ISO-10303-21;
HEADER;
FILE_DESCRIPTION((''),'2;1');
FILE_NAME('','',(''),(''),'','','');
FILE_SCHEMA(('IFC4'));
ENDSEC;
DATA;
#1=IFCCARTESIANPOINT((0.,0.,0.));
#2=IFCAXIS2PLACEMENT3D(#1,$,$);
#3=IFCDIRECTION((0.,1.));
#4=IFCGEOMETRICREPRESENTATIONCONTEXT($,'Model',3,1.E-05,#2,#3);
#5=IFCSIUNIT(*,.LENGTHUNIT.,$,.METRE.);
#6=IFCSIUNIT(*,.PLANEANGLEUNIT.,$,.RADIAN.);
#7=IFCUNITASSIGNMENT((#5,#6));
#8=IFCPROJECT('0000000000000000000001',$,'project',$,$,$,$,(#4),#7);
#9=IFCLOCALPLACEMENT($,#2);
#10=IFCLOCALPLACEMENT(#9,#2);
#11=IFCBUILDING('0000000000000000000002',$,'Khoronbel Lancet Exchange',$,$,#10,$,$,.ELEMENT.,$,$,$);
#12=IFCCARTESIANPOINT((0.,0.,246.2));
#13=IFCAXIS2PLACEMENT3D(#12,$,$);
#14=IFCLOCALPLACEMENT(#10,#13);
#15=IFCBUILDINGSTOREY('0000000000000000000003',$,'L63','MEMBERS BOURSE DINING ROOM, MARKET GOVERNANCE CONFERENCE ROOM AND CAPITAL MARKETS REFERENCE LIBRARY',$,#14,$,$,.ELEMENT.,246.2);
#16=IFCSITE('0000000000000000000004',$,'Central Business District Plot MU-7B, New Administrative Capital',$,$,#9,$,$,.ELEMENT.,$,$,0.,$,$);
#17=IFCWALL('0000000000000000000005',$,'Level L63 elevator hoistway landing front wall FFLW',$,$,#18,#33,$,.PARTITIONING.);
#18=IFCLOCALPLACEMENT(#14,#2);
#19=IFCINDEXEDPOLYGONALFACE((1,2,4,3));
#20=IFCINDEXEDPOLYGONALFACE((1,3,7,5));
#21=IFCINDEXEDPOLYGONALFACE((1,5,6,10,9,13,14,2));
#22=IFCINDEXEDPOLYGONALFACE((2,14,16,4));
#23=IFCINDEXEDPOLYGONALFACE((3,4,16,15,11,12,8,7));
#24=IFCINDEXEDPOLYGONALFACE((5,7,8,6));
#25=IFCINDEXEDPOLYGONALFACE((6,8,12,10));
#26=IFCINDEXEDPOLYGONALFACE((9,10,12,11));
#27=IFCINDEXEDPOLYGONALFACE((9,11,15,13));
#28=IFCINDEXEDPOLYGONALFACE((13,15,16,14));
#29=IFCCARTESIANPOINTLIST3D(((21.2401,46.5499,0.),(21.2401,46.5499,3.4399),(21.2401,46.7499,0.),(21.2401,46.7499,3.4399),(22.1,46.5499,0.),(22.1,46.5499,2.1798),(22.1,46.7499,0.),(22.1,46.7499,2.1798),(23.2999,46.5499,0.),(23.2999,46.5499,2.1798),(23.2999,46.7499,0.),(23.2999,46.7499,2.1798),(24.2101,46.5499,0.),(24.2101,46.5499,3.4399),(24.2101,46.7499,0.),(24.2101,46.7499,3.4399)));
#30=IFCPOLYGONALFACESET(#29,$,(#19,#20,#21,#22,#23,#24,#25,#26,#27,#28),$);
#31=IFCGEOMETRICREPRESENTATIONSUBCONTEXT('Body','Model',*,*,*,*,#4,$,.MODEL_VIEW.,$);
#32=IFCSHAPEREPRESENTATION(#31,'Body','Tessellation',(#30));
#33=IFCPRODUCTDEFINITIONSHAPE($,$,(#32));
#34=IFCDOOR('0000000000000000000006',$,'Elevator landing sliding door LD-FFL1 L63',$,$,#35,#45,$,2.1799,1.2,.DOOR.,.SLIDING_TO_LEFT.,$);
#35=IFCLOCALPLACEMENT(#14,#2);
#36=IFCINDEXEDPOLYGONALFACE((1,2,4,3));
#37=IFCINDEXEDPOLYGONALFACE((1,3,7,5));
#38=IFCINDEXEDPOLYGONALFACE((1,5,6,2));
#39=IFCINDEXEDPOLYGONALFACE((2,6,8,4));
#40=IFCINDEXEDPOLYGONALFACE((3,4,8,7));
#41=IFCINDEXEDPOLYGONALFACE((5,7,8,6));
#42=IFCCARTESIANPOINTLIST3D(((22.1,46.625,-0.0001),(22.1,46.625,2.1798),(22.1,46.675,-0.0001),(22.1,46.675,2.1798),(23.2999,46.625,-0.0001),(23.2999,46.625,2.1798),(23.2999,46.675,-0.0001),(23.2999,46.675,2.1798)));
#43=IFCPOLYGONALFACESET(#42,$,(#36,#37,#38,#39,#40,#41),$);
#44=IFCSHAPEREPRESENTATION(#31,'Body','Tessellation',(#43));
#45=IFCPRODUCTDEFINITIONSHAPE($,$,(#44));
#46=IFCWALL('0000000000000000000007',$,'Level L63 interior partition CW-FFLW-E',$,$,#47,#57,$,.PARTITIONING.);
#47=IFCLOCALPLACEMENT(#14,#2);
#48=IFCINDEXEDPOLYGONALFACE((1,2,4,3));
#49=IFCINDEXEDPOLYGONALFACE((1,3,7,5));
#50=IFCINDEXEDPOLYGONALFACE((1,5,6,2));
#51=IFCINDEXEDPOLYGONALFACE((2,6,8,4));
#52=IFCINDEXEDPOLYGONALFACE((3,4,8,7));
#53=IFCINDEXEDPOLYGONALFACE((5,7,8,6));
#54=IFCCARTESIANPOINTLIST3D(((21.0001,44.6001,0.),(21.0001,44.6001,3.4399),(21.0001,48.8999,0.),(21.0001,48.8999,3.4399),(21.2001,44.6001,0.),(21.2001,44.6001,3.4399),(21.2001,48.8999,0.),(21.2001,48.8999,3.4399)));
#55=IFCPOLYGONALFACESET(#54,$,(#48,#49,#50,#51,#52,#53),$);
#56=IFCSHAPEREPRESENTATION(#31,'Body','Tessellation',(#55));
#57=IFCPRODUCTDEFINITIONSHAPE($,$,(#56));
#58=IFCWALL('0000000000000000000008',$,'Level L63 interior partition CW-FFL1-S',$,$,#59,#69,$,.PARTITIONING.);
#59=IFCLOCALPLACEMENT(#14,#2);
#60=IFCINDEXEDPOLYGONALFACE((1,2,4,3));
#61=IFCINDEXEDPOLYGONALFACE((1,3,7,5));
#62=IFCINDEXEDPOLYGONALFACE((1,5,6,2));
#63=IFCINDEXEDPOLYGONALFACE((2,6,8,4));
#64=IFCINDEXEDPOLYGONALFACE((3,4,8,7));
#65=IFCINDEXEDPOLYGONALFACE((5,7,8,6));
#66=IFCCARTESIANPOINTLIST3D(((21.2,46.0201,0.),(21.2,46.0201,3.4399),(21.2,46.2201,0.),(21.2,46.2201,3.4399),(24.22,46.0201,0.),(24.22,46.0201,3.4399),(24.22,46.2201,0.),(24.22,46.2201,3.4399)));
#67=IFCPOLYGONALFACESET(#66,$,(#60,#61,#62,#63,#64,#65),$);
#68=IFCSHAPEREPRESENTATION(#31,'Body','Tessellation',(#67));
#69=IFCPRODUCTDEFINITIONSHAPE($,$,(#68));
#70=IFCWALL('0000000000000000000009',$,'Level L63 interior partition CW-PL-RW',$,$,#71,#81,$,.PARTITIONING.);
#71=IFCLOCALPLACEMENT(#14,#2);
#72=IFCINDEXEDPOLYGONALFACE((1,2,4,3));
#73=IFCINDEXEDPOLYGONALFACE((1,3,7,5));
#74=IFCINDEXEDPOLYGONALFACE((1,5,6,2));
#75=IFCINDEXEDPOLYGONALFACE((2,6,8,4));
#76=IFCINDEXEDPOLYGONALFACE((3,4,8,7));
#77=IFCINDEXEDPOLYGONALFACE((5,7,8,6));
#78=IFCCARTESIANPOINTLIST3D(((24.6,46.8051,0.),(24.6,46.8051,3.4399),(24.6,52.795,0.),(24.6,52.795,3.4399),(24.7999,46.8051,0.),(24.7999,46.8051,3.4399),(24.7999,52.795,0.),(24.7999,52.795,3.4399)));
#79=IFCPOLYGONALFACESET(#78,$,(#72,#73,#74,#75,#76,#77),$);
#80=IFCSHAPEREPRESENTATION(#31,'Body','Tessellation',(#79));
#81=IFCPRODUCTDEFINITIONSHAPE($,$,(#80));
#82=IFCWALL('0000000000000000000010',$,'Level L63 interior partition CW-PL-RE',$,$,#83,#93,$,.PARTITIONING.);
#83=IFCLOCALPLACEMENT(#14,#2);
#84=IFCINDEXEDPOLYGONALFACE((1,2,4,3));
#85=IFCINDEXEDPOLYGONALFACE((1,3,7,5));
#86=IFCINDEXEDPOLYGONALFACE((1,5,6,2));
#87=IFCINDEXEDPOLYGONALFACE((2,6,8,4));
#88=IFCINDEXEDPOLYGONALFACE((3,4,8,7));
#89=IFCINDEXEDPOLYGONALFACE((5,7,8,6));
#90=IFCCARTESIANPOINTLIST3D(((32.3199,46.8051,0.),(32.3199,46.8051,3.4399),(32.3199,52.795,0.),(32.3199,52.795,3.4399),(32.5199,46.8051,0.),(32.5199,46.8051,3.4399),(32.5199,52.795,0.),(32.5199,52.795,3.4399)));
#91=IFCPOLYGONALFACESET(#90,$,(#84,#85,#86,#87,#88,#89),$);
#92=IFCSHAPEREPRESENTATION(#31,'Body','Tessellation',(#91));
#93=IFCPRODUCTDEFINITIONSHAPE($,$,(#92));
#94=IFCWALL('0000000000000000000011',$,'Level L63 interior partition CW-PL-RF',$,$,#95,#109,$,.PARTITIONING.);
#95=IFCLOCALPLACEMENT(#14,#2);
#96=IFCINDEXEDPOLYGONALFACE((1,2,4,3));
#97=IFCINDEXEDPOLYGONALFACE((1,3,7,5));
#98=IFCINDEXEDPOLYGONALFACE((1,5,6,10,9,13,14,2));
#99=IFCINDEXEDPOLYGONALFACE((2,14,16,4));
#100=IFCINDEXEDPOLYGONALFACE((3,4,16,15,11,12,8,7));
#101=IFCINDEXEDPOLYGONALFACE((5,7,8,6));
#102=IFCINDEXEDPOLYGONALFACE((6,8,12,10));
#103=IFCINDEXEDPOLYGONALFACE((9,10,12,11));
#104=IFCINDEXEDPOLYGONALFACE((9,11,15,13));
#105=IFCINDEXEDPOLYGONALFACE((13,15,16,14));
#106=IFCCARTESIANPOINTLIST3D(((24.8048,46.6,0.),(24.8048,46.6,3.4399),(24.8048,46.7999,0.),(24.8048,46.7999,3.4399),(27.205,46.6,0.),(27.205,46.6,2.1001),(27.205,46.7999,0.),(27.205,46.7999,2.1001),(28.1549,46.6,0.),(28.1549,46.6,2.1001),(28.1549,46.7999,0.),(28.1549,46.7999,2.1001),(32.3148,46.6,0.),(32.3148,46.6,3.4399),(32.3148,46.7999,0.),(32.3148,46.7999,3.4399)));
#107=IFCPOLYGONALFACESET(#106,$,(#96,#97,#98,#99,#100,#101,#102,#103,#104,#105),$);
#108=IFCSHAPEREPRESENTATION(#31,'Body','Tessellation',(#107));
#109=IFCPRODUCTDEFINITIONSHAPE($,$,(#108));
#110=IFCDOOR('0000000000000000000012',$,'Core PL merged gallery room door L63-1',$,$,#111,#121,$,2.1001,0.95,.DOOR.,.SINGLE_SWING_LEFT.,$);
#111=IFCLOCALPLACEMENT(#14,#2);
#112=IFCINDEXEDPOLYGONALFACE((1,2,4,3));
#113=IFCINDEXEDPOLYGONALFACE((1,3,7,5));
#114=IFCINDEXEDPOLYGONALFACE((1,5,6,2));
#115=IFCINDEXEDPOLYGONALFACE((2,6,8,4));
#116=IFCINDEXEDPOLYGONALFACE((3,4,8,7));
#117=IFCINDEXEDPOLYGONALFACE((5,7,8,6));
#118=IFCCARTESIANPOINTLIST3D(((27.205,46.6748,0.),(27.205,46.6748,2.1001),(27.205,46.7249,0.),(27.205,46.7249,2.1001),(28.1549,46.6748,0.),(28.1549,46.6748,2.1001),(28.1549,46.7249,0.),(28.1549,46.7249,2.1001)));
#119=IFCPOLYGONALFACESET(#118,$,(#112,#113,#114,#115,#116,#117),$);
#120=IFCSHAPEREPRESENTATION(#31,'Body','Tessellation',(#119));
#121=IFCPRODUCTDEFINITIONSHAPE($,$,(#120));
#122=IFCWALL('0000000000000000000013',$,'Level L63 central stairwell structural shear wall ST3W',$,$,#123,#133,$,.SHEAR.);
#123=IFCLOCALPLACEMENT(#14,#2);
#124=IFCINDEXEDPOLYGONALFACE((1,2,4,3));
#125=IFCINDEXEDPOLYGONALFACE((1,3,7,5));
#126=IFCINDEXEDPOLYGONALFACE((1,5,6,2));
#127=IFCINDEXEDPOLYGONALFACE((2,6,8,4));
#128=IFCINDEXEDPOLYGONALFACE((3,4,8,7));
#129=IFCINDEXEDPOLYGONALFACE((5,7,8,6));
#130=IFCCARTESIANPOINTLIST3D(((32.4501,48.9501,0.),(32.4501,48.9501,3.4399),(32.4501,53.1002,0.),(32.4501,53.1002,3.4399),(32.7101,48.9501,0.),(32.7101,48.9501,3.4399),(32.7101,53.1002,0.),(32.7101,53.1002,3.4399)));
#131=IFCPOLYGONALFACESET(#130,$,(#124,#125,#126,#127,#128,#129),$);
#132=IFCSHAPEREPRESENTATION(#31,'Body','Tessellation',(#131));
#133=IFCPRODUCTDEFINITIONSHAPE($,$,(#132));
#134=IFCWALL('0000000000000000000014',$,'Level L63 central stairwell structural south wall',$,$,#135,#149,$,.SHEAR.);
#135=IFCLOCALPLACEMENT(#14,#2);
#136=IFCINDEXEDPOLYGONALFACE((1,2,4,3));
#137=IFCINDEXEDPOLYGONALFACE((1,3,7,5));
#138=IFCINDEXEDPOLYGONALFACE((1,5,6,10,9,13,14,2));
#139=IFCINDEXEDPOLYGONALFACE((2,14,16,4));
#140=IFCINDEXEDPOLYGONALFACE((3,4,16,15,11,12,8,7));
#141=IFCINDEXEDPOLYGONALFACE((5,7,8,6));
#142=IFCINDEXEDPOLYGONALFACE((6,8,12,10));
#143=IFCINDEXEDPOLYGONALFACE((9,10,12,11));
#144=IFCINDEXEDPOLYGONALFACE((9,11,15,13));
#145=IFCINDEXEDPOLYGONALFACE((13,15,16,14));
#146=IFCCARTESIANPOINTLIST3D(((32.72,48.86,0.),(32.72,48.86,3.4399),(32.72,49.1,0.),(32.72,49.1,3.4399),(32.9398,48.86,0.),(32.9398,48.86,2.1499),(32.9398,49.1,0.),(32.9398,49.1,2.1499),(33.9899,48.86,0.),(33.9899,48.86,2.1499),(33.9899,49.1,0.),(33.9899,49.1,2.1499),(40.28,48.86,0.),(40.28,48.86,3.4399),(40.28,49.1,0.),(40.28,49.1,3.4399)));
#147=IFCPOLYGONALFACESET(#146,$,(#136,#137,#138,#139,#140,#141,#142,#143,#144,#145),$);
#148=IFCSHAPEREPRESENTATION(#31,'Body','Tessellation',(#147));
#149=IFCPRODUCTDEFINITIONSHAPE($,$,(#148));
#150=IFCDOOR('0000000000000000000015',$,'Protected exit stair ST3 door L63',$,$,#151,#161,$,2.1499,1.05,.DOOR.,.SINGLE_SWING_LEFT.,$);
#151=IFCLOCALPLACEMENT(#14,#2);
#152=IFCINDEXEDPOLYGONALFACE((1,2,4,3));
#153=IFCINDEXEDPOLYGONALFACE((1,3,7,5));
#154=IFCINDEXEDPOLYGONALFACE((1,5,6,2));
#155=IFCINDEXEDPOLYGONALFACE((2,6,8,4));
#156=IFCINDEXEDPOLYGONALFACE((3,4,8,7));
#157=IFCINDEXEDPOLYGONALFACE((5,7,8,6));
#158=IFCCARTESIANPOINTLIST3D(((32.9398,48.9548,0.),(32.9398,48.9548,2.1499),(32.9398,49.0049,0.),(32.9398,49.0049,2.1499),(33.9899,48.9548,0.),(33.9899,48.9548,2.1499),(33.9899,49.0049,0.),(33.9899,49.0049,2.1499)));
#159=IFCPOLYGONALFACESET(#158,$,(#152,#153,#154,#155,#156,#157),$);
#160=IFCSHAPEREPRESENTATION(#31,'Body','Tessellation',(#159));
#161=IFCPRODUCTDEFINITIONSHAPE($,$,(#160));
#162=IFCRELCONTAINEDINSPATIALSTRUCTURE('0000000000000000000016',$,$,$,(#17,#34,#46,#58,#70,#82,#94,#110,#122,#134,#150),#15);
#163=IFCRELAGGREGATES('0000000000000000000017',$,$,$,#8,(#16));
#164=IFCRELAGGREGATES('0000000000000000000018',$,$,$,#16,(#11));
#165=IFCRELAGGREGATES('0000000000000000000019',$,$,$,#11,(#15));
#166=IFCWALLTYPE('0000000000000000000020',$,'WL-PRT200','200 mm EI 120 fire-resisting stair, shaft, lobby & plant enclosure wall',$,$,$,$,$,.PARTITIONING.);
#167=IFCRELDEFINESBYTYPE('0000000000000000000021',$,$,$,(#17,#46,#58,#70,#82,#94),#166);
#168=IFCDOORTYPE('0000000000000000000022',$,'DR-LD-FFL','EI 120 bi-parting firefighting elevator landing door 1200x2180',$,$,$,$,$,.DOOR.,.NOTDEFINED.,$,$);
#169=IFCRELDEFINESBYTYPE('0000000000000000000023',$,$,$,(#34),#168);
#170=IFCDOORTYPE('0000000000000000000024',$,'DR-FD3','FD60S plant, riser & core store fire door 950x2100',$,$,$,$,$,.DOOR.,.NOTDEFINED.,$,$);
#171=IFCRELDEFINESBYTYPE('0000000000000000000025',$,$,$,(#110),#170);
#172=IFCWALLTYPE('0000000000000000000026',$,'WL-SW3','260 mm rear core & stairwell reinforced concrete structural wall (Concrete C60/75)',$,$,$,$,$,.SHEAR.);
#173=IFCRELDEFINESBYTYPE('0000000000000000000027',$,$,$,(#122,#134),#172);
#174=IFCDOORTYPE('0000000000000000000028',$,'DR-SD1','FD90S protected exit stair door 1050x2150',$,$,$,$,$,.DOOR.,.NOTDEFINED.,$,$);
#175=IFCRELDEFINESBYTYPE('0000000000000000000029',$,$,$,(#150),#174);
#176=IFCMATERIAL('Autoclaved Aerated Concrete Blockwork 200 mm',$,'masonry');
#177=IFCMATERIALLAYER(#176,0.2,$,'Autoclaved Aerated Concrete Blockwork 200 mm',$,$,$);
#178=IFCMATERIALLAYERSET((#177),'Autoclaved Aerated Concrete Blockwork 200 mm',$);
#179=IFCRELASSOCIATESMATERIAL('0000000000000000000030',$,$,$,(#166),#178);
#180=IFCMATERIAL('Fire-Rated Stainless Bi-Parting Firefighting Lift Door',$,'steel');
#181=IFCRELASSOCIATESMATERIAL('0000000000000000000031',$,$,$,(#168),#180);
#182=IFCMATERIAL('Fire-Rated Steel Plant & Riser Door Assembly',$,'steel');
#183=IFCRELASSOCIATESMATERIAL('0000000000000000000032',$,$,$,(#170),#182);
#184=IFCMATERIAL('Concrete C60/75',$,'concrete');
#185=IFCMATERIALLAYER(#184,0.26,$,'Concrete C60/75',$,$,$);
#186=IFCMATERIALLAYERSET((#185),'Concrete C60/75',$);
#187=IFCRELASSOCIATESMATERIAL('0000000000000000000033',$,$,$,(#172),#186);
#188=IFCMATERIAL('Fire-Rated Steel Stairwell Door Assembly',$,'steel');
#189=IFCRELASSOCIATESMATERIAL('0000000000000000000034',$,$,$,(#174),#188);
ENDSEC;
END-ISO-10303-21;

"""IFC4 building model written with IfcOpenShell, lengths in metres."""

from ifc_helpers import new_model, si_unit, direction, frame, frame_2d, origin, place, context, subcontext, project, spatial, rectangle, extrude, material, layer, layer_set, type_object, element, fill, save


model = new_model("IFC4")

# Units and contexts
model_context = context("Model", 3, precision=1e-05, world=origin(), true_north=direction((0.0, 1.0)))
body_context = subcontext(model_context, "Body", "Model", "MODEL_VIEW")
ifc_project = project(units=[si_unit("LENGTHUNIT", "METRE"), si_unit("PLANEANGLEUNIT", "RADIAN")], contexts=[model_context])

# Site, building, storey
site_placement = place(None, origin())
site = spatial("IfcSite", under=ifc_project, at=site_placement, Name="Central Business District Plot MU-7B, New Administrative Capital", CompositionType="ELEMENT", RefElevation=0.0)
building_placement = place(site_placement, origin())
building = spatial("IfcBuilding", under=site, at=building_placement, Name="Khoronbel Lancet Exchange", CompositionType="ELEMENT")
storey_placement = place(building_placement, frame((0.0, 0.0, 246.2)))
storey = spatial("IfcBuildingStorey", under=building, at=storey_placement, Name="L63", Description="MEMBERS BOURSE DINING ROOM, MARKET GOVERNANCE CONFERENCE ROOM AND CAPITAL MARKETS REFERENCE LIBRARY", CompositionType="ELEMENT", Elevation=246.2)

# Wall, opening, door
ifc_material_1 = material(Name="Autoclaved Aerated Concrete Blockwork 200 mm", Category="masonry")
ifc_layer_1 = layer(ifc_material_1, 0.2, Name="Autoclaved Aerated Concrete Blockwork 200 mm")
ifc_layer_set_1 = layer_set([ifc_layer_1], Name="Autoclaved Aerated Concrete Blockwork 200 mm")
wall_type_1 = type_object("IfcWallType", Name="WL-PRT200", Description="200 mm EI 120 fire-resisting stair, shaft, lobby & plant enclosure wall", PredefinedType="PARTITIONING", material=ifc_layer_set_1)
wall_1_placement = place(storey_placement, frame((24.21, 46.6499, 0.0), z_axis=(0.0, 0.0, 1.0), x_axis=(-1.0, 0.0, 0.0)))
wall_1 = element("IfcWall", 1, at=wall_1_placement, inside=storey, type_object=wall_type_1, Name="Level L63 elevator hoistway landing front wall FFLW", PredefinedType="PARTITIONING", context=body_context, shape_type="SweptSolid", body=[
    extrude(rectangle(XDim=2.97, YDim=0.2, at=frame_2d((1.4849, 0.0))), origin(), (0.0, 0.0, 1.0), 3.4399),
])
opening_1_placement = place(wall_1_placement, frame((0.9099, 0.0, 0.0)))
opening_1 = element("IfcOpeningElement", 2, at=opening_1_placement, cuts=wall_1, PredefinedType="OPENING", context=body_context, shape_type="SweptSolid", body=[
    extrude(rectangle(XDim=1.2, YDim=2.1799, at=frame_2d((0.6001, 1.0898))), frame((0.0, 0.1099, 0.0), z_axis=(0.0, -1.0, 0.0), x_axis=(1.0, 0.0, 0.0)), (0.0, 0.0, 1.0), 0.22),
])
ifc_material_2 = material(Name="Fire-Rated Stainless Bi-Parting Firefighting Lift Door", Category="steel")
door_type_1 = type_object("IfcDoorType", Name="DR-LD-FFL", Description="EI 120 bi-parting firefighting elevator landing door 1200x2180", OperationType="NOTDEFINED", PredefinedType="DOOR", material=ifc_material_2)
door_1_placement = place(opening_1_placement, origin())
door_1 = element("IfcDoor", 3, at=door_1_placement, inside=storey, type_object=door_type_1, Name="Elevator landing sliding door LD-FFL1 L63", OperationType="SLIDING_TO_LEFT", OverallHeight=2.1799, OverallWidth=1.2, PredefinedType="DOOR", context=body_context, shape_type="SweptSolid", body=[
    extrude(rectangle(XDim=1.2, YDim=2.1799, at=frame_2d((0.6001, 1.0898))), frame((0.0, 0.0249, 0.0), z_axis=(0.0, -1.0, 0.0), x_axis=(1.0, 0.0, 0.0)), (0.0, 0.0, 1.0), 0.05),
])
fill(opening_1, door_1)

# Walls
wall_2_placement = place(storey_placement, frame((21.1001, 44.6001, 0.0), z_axis=(0.0, 0.0, 1.0), x_axis=(0.0, 1.0, 0.0)))
element("IfcWall", 4, at=wall_2_placement, inside=storey, type_object=wall_type_1, Name="Level L63 interior partition CW-FFLW-E", PredefinedType="PARTITIONING", context=body_context, shape_type="SweptSolid", body=[
    extrude(rectangle(XDim=4.2998, YDim=0.2, at=frame_2d((2.1499, 0.0))), origin(), (0.0, 0.0, 1.0), 3.4399),
])
wall_3_placement = place(storey_placement, frame((21.2, 46.1201, 0.0), z_axis=(0.0, 0.0, 1.0), x_axis=(1.0, 0.0, 0.0)))
element("IfcWall", 5, at=wall_3_placement, inside=storey, type_object=wall_type_1, Name="Level L63 interior partition CW-FFL1-S", PredefinedType="PARTITIONING", context=body_context, shape_type="SweptSolid", body=[
    extrude(rectangle(XDim=3.02, YDim=0.2, at=frame_2d((1.51, 0.0))), origin(), (0.0, 0.0, 1.0), 3.4399),
])
for number, where, z_axis, x_axis, name in (
    (6, (24.7, 46.8049, 0.0), (0.0, 0.0, 1.0), (0.0, 1.0, 0.0), "Level L63 interior partition CW-PL-RW"),
    (7, (32.4199, 46.8049, 0.0), (0.0, 0.0, 1.0), (0.0, 1.0, 0.0), "Level L63 interior partition CW-PL-RE"),
):
    element("IfcWall", number, at=place(storey_placement, frame(where, z_axis=z_axis, x_axis=x_axis)), inside=storey, type_object=wall_type_1, Name=name, PredefinedType="PARTITIONING", context=body_context, shape_type="SweptSolid", body=[
        extrude(rectangle(XDim=5.99, YDim=0.2, at=frame_2d((2.9951, 0.0))), origin(), (0.0, 0.0, 1.0), 3.4399),
    ])

# Wall, opening, door
wall_4_placement = place(storey_placement, frame((24.8049, 46.7, 0.0), z_axis=(0.0, 0.0, 1.0), x_axis=(1.0, 0.0, 0.0)))
wall_4 = element("IfcWall", 8, at=wall_4_placement, inside=storey, type_object=wall_type_1, Name="Level L63 interior partition CW-PL-RF", PredefinedType="PARTITIONING", context=body_context, shape_type="SweptSolid", body=[
    extrude(rectangle(XDim=7.51, YDim=0.2, at=frame_2d((3.7549, 0.0))), origin(), (0.0, 0.0, 1.0), 3.4399),
])
opening_2_placement = place(wall_4_placement, frame((2.3999, 0.0, 0.0)))
opening_2 = element("IfcOpeningElement", 9, at=opening_2_placement, cuts=wall_4, PredefinedType="OPENING", context=body_context, shape_type="SweptSolid", body=[
    extrude(rectangle(XDim=0.95, YDim=2.1001, at=frame_2d((0.4751, 1.05))), frame((0.0, 0.1099, 0.0), z_axis=(0.0, -1.0, 0.0), x_axis=(1.0, 0.0, 0.0)), (0.0, 0.0, 1.0), 0.22),
])
ifc_material_3 = material(Name="Fire-Rated Steel Plant & Riser Door Assembly", Category="steel")
door_type_2 = type_object("IfcDoorType", Name="DR-FD3", Description="FD60S plant, riser & core store fire door 950x2100", OperationType="NOTDEFINED", PredefinedType="DOOR", material=ifc_material_3)
door_2_placement = place(opening_2_placement, origin())
door_2 = element("IfcDoor", 10, at=door_2_placement, inside=storey, type_object=door_type_2, Name="Core PL merged gallery room door L63-1", OperationType="SINGLE_SWING_LEFT", OverallHeight=2.1001, OverallWidth=0.95, PredefinedType="DOOR", context=body_context, shape_type="SweptSolid", body=[
    extrude(rectangle(XDim=0.95, YDim=2.1001, at=frame_2d((0.4751, 1.05))), frame((0.0, 0.0249, 0.0), z_axis=(0.0, -1.0, 0.0), x_axis=(1.0, 0.0, 0.0)), (0.0, 0.0, 1.0), 0.05),
])
fill(opening_2, door_2)

# Wall
ifc_material_4 = material(Name="Concrete C60/75", Category="concrete")
ifc_layer_2 = layer(ifc_material_4, 0.26, Name="Concrete C60/75")
ifc_layer_set_2 = layer_set([ifc_layer_2], Name="Concrete C60/75")
wall_type_2 = type_object("IfcWallType", Name="WL-SW3", Description="260 mm rear core & stairwell reinforced concrete structural wall (Concrete C60/75)", PredefinedType="SHEAR", material=ifc_layer_set_2)
wall_5_placement = place(storey_placement, frame((32.5801, 48.95, 0.0), z_axis=(0.0, 0.0, 1.0), x_axis=(0.0, 1.0, 0.0)))
element("IfcWall", 11, at=wall_5_placement, inside=storey, type_object=wall_type_2, Name="Level L63 central stairwell structural shear wall ST3W", PredefinedType="SHEAR", context=body_context, shape_type="SweptSolid", body=[
    extrude(rectangle(XDim=4.1501, YDim=0.26, at=frame_2d((2.0752, 0.0))), origin(), (0.0, 0.0, 1.0), 3.4399),
])

# Wall, opening, door
wall_6_placement = place(storey_placement, frame((32.72, 48.98, 0.0), z_axis=(0.0, 0.0, 1.0), x_axis=(1.0, 0.0, 0.0)))
wall_6 = element("IfcWall", 12, at=wall_6_placement, inside=storey, type_object=wall_type_2, Name="Level L63 central stairwell structural south wall", PredefinedType="SHEAR", context=body_context, shape_type="SweptSolid", body=[
    extrude(rectangle(XDim=7.5601, YDim=0.24, at=frame_2d((3.78, 0.0))), origin(), (0.0, 0.0, 1.0), 3.4399),
])
opening_3_placement = place(wall_6_placement, frame((0.22, 0.0, 0.0)))
opening_3 = element("IfcOpeningElement", 13, at=opening_3_placement, cuts=wall_6, PredefinedType="OPENING", context=body_context, shape_type="SweptSolid", body=[
    extrude(rectangle(XDim=1.05, YDim=2.1499, at=frame_2d((0.5249, 1.075))), frame((0.0, 0.1299, 0.0), z_axis=(0.0, -1.0, 0.0), x_axis=(1.0, 0.0, 0.0)), (0.0, 0.0, 1.0), 0.26),
])
ifc_material_5 = material(Name="Fire-Rated Steel Stairwell Door Assembly", Category="steel")
door_type_3 = type_object("IfcDoorType", Name="DR-SD1", Description="FD90S protected exit stair door 1050x2150", OperationType="NOTDEFINED", PredefinedType="DOOR", material=ifc_material_5)
door_3_placement = place(opening_3_placement, origin())
door_3 = element("IfcDoor", 14, at=door_3_placement, inside=storey, type_object=door_type_3, Name="Protected exit stair ST3 door L63", OperationType="SINGLE_SWING_LEFT", OverallHeight=2.1499, OverallWidth=1.05, PredefinedType="DOOR", context=body_context, shape_type="SweptSolid", body=[
    extrude(rectangle(XDim=1.05, YDim=2.1499, at=frame_2d((0.5249, 1.075))), frame((0.0, 0.0249, 0.0), z_axis=(0.0, -1.0, 0.0), x_axis=(1.0, 0.0, 0.0)), (0.0, 0.0, 1.0), 0.05),
])
fill(opening_3, door_3)

save(model, "model.ifc")
